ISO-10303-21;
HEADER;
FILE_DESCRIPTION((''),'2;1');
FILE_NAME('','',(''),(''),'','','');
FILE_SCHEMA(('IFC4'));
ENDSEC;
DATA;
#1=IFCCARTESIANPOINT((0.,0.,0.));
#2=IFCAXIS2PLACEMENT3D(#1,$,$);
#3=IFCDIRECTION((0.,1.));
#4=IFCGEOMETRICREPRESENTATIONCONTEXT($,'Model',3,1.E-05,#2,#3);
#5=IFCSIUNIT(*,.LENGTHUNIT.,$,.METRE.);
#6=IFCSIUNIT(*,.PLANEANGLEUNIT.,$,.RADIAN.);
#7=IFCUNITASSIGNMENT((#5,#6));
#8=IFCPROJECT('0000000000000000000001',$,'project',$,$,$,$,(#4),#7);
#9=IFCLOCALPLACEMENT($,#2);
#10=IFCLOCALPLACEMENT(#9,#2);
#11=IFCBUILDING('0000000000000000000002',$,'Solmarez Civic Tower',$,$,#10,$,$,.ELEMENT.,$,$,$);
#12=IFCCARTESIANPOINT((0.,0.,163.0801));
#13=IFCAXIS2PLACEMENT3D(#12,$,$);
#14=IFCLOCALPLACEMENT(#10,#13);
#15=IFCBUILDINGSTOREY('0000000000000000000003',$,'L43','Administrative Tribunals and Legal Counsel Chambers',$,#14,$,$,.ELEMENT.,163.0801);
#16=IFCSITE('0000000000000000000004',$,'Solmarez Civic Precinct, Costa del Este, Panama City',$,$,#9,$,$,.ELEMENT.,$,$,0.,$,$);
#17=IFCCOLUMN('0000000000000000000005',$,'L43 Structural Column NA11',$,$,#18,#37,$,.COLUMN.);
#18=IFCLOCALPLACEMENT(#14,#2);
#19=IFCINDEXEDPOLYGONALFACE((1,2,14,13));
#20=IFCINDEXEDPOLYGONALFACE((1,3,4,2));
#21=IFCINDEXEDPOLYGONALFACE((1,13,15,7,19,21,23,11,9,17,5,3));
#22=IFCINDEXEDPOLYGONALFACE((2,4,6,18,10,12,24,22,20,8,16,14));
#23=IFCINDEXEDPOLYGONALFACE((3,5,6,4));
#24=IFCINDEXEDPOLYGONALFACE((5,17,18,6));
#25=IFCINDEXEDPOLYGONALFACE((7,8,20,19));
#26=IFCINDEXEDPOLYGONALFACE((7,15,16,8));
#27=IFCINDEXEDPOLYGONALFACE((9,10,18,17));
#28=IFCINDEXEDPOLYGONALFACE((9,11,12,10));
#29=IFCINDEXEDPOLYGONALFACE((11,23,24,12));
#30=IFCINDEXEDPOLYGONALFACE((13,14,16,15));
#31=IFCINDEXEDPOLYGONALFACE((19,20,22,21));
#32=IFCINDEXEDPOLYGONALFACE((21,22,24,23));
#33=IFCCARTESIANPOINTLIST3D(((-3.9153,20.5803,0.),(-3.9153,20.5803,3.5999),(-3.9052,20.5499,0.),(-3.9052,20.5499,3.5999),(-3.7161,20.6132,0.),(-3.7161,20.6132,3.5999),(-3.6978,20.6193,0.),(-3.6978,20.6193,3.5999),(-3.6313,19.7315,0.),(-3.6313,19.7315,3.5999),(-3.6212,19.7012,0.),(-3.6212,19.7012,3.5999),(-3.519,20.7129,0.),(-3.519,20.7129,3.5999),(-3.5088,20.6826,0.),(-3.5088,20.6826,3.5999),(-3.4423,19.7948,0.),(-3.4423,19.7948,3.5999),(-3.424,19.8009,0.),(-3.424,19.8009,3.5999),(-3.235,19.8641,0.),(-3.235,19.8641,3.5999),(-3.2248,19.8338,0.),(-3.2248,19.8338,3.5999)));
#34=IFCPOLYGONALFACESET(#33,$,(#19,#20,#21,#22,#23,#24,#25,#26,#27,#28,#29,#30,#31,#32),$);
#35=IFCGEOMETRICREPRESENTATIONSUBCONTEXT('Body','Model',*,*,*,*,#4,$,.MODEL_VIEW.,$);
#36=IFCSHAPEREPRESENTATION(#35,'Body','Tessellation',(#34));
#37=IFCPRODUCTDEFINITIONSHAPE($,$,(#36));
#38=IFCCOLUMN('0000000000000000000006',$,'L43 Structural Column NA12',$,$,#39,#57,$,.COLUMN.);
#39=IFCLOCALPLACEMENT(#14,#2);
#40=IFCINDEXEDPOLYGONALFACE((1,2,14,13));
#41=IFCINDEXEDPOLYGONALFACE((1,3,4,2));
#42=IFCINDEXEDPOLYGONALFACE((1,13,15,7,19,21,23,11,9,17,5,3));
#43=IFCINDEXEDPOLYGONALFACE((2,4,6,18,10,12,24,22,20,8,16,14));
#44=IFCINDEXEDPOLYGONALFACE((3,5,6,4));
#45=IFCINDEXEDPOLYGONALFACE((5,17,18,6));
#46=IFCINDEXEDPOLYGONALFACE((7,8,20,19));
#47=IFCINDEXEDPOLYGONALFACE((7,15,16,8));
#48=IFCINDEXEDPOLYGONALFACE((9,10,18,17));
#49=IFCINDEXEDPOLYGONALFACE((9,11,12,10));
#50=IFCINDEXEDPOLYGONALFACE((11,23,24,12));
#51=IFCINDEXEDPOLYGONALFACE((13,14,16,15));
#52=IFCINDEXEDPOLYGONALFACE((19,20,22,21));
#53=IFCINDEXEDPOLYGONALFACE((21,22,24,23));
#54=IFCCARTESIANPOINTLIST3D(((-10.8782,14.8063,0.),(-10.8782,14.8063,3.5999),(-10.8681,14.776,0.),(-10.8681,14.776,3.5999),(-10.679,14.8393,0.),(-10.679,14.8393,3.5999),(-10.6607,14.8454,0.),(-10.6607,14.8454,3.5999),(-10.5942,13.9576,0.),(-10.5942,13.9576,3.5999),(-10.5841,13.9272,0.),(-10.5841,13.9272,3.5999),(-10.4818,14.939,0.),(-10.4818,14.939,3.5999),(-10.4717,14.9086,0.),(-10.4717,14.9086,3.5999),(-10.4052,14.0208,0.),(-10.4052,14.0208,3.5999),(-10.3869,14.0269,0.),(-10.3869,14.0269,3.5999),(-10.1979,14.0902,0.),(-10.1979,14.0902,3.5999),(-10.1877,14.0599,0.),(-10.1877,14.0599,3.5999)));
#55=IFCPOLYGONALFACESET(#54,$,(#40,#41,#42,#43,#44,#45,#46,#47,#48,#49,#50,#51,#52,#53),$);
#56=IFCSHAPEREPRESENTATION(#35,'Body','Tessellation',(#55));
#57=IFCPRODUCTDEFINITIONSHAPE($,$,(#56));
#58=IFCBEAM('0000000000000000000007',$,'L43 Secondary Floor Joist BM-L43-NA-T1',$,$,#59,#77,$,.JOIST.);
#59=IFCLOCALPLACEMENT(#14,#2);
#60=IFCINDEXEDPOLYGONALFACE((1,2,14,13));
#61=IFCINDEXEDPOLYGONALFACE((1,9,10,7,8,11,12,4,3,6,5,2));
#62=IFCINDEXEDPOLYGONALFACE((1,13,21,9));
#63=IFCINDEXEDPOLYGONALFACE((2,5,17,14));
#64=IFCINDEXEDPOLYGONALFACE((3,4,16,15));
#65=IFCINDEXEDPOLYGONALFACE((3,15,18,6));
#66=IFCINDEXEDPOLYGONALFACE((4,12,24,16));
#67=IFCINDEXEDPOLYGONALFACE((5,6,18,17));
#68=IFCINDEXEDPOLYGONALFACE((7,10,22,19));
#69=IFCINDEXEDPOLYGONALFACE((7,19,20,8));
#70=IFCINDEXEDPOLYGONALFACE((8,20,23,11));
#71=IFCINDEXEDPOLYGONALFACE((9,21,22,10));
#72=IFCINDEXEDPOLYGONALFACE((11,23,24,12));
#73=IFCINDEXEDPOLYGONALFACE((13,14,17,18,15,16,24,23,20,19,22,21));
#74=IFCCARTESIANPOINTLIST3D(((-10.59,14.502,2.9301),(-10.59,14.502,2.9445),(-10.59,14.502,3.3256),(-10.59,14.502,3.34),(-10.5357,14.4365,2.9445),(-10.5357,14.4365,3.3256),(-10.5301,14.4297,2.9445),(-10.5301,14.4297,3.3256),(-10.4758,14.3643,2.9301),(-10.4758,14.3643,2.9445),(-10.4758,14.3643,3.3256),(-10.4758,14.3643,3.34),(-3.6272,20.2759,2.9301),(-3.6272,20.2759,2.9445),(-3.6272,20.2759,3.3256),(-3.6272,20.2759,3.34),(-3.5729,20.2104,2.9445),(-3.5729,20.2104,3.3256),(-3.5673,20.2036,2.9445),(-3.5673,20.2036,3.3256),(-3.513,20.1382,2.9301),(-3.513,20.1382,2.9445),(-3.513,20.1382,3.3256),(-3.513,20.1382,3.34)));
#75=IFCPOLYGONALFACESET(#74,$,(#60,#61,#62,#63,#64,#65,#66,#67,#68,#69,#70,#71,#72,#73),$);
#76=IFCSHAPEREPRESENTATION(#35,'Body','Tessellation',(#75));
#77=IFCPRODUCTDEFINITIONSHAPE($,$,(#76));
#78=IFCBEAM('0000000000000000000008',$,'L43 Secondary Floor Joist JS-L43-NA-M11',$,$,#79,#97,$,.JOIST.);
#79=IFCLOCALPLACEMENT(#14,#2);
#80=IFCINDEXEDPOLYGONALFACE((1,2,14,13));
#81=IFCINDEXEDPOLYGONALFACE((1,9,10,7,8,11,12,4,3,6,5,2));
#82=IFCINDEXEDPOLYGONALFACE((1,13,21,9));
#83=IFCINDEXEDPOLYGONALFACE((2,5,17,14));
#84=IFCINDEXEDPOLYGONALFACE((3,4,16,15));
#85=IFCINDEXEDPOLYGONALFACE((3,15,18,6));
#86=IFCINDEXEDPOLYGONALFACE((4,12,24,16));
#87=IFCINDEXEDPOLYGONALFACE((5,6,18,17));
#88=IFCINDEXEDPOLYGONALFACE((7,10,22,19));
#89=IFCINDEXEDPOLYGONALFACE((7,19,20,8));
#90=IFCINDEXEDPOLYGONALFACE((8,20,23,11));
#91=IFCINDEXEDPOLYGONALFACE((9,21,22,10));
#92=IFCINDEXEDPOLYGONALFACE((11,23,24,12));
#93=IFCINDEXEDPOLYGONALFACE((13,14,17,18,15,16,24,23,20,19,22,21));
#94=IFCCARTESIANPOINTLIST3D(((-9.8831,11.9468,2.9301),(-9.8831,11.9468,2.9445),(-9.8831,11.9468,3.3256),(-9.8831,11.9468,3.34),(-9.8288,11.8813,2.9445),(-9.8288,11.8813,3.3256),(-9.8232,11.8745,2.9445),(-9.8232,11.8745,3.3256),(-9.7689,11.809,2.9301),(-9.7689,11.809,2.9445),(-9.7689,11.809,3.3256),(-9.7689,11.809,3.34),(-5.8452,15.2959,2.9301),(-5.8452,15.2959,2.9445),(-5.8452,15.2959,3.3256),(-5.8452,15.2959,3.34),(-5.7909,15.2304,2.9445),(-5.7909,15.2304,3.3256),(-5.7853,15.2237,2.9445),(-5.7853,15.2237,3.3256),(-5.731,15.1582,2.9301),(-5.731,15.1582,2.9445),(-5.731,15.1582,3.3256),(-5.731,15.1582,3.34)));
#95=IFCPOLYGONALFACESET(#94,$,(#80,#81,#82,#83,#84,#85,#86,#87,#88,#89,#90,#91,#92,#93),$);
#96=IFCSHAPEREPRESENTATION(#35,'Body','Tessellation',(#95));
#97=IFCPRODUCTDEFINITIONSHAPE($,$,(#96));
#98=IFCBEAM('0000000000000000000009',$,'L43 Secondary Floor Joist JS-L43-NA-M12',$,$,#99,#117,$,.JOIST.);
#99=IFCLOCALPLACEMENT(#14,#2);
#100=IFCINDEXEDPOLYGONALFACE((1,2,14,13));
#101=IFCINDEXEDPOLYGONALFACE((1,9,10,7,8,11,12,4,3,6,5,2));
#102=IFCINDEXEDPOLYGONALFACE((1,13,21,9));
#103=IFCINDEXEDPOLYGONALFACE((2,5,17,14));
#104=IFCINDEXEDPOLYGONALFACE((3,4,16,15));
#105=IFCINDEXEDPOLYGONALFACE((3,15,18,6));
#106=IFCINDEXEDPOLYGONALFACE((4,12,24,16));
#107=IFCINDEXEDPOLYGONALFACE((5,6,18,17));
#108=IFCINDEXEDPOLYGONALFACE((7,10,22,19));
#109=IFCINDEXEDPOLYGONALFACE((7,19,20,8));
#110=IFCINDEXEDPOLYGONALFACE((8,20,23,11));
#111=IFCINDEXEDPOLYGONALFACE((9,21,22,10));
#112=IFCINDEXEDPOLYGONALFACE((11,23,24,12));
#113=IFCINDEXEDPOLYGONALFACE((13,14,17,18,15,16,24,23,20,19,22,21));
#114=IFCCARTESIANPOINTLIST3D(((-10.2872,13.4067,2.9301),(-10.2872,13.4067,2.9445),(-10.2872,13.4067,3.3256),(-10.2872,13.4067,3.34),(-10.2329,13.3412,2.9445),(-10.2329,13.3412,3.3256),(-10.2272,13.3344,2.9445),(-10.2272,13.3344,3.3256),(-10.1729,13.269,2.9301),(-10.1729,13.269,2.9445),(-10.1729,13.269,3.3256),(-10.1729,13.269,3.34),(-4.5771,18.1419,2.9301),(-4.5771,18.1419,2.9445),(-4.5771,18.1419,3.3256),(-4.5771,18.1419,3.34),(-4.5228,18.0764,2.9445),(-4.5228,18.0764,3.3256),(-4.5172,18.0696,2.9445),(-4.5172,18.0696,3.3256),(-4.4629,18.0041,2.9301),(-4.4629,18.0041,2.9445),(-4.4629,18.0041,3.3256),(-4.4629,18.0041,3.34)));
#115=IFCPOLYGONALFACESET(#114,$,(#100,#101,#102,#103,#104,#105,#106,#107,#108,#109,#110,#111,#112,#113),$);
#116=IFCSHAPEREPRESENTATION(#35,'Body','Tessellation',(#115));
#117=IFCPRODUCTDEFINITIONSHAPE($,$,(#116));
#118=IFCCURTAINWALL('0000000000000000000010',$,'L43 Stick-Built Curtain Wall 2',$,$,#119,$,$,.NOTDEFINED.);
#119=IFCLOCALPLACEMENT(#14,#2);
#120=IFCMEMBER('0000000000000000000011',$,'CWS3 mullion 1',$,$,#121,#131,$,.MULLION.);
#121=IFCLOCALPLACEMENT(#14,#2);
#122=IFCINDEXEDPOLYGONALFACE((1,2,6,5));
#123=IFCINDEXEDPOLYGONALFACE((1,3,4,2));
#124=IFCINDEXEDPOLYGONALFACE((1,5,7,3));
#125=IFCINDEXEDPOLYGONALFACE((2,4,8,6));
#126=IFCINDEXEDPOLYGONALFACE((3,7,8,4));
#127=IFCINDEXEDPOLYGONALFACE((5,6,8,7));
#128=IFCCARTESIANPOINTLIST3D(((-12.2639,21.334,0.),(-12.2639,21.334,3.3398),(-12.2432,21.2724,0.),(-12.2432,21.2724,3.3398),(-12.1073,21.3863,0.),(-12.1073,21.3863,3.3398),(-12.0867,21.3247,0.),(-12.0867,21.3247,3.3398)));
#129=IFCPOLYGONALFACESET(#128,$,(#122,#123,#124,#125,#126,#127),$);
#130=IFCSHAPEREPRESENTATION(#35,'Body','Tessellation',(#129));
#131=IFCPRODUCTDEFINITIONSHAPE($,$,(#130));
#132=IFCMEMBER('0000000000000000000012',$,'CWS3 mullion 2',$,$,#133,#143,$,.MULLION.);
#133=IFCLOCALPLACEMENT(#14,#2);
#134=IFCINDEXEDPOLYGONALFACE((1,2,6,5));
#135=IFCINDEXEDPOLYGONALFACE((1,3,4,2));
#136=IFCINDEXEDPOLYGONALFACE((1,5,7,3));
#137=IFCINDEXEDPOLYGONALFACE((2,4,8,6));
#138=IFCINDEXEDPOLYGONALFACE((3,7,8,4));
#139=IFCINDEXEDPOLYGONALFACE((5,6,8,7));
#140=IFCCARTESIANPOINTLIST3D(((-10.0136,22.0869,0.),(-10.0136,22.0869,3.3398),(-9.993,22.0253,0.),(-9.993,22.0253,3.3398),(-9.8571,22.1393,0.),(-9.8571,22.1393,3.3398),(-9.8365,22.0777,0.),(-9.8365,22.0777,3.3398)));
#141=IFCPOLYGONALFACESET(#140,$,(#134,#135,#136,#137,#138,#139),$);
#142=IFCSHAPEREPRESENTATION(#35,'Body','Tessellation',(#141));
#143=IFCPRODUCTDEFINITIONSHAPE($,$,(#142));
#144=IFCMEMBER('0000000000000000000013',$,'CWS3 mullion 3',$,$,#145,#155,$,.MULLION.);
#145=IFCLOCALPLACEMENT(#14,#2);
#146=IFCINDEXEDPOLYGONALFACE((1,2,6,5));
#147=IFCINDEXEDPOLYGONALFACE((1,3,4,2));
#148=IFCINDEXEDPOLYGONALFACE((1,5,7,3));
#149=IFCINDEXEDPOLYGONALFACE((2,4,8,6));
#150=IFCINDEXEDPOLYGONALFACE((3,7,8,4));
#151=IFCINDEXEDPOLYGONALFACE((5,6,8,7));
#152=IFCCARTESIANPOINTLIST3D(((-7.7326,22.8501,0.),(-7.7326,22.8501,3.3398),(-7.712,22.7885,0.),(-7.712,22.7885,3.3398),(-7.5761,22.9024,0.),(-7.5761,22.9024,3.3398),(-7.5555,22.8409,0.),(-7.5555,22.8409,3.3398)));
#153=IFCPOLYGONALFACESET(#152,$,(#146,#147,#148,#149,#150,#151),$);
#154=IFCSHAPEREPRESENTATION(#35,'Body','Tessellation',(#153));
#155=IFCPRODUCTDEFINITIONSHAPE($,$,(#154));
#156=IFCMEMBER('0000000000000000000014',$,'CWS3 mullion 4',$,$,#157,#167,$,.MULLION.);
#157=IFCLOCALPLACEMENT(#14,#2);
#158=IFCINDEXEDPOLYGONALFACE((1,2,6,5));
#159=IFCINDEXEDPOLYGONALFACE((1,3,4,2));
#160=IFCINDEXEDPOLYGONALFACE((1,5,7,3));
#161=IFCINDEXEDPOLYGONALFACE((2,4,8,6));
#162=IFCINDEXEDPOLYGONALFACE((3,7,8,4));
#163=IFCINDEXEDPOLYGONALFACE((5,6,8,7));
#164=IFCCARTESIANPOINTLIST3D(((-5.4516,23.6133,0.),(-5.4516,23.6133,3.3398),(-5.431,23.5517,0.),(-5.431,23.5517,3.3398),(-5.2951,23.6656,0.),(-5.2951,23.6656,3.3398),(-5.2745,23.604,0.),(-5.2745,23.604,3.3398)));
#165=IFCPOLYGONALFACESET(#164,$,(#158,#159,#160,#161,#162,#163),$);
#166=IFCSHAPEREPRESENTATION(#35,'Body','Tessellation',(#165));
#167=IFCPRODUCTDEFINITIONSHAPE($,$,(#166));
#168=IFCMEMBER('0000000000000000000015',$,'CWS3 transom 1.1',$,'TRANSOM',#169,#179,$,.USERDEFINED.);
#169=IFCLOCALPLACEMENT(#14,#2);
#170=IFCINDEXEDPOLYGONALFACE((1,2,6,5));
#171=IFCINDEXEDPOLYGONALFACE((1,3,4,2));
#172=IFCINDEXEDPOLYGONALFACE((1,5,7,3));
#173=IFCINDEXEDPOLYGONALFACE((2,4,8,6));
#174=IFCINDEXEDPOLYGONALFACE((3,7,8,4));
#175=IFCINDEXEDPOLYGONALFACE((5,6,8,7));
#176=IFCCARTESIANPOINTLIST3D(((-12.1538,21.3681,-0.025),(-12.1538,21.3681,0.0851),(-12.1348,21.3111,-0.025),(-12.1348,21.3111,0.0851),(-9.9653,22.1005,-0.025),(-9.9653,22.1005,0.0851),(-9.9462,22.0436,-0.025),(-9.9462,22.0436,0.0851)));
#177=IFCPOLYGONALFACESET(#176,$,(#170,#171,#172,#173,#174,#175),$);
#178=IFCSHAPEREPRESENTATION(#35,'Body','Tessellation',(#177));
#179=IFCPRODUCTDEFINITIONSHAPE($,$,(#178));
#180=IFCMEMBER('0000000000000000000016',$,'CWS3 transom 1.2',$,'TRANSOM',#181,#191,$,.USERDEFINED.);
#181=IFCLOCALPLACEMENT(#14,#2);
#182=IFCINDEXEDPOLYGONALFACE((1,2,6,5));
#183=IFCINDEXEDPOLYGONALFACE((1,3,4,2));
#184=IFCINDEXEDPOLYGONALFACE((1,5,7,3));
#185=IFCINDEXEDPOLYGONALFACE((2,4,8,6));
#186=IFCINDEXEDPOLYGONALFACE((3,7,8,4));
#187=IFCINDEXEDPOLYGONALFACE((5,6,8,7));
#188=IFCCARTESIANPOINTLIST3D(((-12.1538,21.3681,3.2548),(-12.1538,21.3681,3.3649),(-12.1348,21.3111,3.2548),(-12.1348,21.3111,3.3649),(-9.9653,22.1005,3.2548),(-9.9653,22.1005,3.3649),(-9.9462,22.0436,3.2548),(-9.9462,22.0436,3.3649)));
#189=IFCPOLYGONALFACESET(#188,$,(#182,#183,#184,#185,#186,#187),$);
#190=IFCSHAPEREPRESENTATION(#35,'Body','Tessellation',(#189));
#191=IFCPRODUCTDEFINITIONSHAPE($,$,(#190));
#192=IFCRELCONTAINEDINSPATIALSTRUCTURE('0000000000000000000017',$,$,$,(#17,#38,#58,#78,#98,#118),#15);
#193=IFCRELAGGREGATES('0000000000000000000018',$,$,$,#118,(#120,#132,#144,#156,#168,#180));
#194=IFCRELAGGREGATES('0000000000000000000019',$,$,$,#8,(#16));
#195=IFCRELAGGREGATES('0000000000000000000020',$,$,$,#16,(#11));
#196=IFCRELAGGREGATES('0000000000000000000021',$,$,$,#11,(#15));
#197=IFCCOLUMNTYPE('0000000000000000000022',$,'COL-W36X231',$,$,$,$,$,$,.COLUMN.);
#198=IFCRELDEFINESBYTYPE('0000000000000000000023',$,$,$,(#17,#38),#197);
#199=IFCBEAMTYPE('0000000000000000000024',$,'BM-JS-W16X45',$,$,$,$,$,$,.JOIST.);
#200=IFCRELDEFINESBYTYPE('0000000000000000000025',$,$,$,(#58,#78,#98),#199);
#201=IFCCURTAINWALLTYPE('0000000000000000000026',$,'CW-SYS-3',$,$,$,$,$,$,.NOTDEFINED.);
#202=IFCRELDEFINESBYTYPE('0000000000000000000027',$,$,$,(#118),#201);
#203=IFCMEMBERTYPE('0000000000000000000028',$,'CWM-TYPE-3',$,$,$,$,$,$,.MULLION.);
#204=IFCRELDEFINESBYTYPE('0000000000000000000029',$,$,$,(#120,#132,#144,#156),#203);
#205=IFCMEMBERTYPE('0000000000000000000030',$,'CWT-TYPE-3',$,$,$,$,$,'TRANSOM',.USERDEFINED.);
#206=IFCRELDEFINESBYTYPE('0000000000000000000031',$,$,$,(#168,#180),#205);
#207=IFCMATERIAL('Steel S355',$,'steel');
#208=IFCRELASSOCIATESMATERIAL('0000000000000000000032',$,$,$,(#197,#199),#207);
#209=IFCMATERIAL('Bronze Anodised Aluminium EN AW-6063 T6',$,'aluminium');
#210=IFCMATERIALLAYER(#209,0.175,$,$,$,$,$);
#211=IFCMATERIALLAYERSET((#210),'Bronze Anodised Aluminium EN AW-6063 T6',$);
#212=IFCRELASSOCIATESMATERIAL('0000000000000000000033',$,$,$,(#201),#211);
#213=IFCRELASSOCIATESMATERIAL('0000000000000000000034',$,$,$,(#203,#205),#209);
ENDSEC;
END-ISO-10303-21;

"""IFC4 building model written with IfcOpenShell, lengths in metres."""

from ifc_helpers import new_model, si_unit, direction, frame, origin, origin_2d, place, context, subcontext, project, spatial, rectangle, i_section, extrude, material, layer, layer_set, material_profile, profile_set, type_object, element, aggregate, save


model = new_model("IFC4")

# Units and contexts
model_context = context("Model", 3, precision=1e-05, world=origin(), true_north=direction((0.0, 1.0)))
body_context = subcontext(model_context, "Body", "Model", "MODEL_VIEW")
ifc_project = project(units=[si_unit("LENGTHUNIT", "METRE"), si_unit("PLANEANGLEUNIT", "RADIAN")], contexts=[model_context])

# Site, building, storey
site_placement = place(None, origin())
site = spatial("IfcSite", under=ifc_project, at=site_placement, Name="Solmarez Civic Precinct, Costa del Este, Panama City", CompositionType="ELEMENT", RefElevation=0.0)
building_placement = place(site_placement, origin())
building = spatial("IfcBuilding", under=site, at=building_placement, Name="Solmarez Civic Tower", CompositionType="ELEMENT")
storey_placement = place(building_placement, frame((0.0, 0.0, 163.0801)))
storey = spatial("IfcBuildingStorey", under=building, at=storey_placement, Name="L43", Description="Administrative Tribunals and Legal Counsel Chambers", CompositionType="ELEMENT", Elevation=163.0801)

# Columns
ifc_material_1 = material(Name="Steel S355", Category="steel")
ifc_material_profile_1 = material_profile(ifc_material_1, i_section(OverallWidth=0.418, OverallDepth=0.927, WebThickness=0.0193, FlangeThickness=0.032, at=origin_2d()), Name="W36X231")
ifc_profile_set_1 = profile_set([ifc_material_profile_1], Name="Steel S355")
column_type = type_object("IfcColumnType", Name="COL-W36X231", PredefinedType="COLUMN", material=ifc_profile_set_1)
for number, where, z_axis, x_axis, name in (
    (1, (-3.5701, 20.207, 0.0), (0.0, 0.0, 1.0), (0.948324, 0.317305, 0.0), "L43 Structural Column NA11"),
    (2, (-10.533, 14.4331, 0.0), (0.0, 0.0, 1.0), (0.948324, 0.317305, 0.0), "L43 Structural Column NA12"),
):
    element("IfcColumn", number, at=place(storey_placement, frame(where, z_axis=z_axis, x_axis=x_axis)), inside=storey, type_object=column_type, Name=name, PredefinedType="COLUMN", context=body_context, shape_type="SweptSolid", body=[
        extrude(i_section(OverallWidth=0.418, OverallDepth=0.927, WebThickness=0.0193, FlangeThickness=0.032, at=origin_2d()), origin(), (0.0, 0.0, 1.0), 3.5999),
    ])

# Beams
ifc_material_profile_2 = material_profile(ifc_material_1, i_section(OverallWidth=0.179, OverallDepth=0.4099, WebThickness=0.0088, FlangeThickness=0.0144, at=origin_2d()), Name="W16X45")
ifc_profile_set_2 = profile_set([ifc_material_profile_2], Name="Steel S355")
beam_type = type_object("IfcBeamType", Name="BM-JS-W16X45", PredefinedType="JOIST", material=ifc_profile_set_2)
beam_1_placement = place(storey_placement, frame((-3.5701, 20.207, 3.135), z_axis=(-0.769768, -0.638324, 0.0), x_axis=(0.638324, -0.769768, 0.0)))
element("IfcBeam", 3, at=beam_1_placement, inside=storey, type_object=beam_type, Name="L43 Secondary Floor Joist BM-L43-NA-T1", PredefinedType="JOIST", context=body_context, shape_type="SweptSolid", body=[
    extrude(i_section(OverallWidth=0.179, OverallDepth=0.4099, WebThickness=0.0088, FlangeThickness=0.0144, at=origin_2d()), origin(), (0.0, 0.0, 1.0), 9.0454),
])
beam_2_placement = place(storey_placement, frame((-5.7881, 15.2271, 3.135), z_axis=(-0.769695, -0.638411, 0.0), x_axis=(0.638411, -0.769695, 0.0)))
element("IfcBeam", 4, at=beam_2_placement, inside=storey, type_object=beam_type, Name="L43 Secondary Floor Joist JS-L43-NA-M11", PredefinedType="JOIST", context=body_context, shape_type="SweptSolid", body=[
    extrude(i_section(OverallWidth=0.179, OverallDepth=0.4099, WebThickness=0.0088, FlangeThickness=0.0144, at=origin_2d()), origin(), (0.0, 0.0, 1.0), 5.2461),
])
beam_3_placement = place(storey_placement, frame((-4.52, 18.073, 3.135), z_axis=(-0.769757, -0.638337, 0.0), x_axis=(0.638337, -0.769757, 0.0)))
element("IfcBeam", 5, at=beam_3_placement, inside=storey, type_object=beam_type, Name="L43 Secondary Floor Joist JS-L43-NA-M12", PredefinedType="JOIST", context=body_context, shape_type="SweptSolid", body=[
    extrude(i_section(OverallWidth=0.179, OverallDepth=0.4099, WebThickness=0.0088, FlangeThickness=0.0144, at=origin_2d()), origin(), (0.0, 0.0, 1.0), 7.418),
])

# Curtain wall, members
ifc_material_2 = material(Name="Bronze Anodised Aluminium EN AW-6063 T6", Category="aluminium")
ifc_layer_1 = layer(ifc_material_2, 0.175)
ifc_layer_set_1 = layer_set([ifc_layer_1], Name="Bronze Anodised Aluminium EN AW-6063 T6")
curtain_wall_type = type_object("IfcCurtainWallType", Name="CW-SYS-3", PredefinedType="NOTDEFINED", material=ifc_layer_set_1)
curtain_wall_placement = place(storey_placement, origin())
curtain_wall = element("IfcCurtainWall", 6, at=curtain_wall_placement, inside=storey, type_object=curtain_wall_type, Name="L43 Stick-Built Curtain Wall 2", PredefinedType="NOTDEFINED")
ifc_material_profile_3 = material_profile(ifc_material_2, rectangle(XDim=0.0649, YDim=0.165, at=origin_2d()), Name="CWM-65X165")
ifc_profile_set_3 = profile_set([ifc_material_profile_3], Name="Bronze Anodised Aluminium EN AW-6063 T6")
member_type_1 = type_object("IfcMemberType", Name="CWM-TYPE-3", PredefinedType="MULLION", material=ifc_profile_set_3)
member_1_placement = place(storey_placement, frame((-12.1753, 21.3293, 0.0), z_axis=(0.0, 0.0, 1.0), x_axis=(-0.317319, 0.948319, 0.0)))
member_1 = element("IfcMember", 7, at=member_1_placement, type_object=member_type_1, Name="CWS3 mullion 1", PredefinedType="MULLION", context=body_context, shape_type="SweptSolid", body=[
    extrude(rectangle(XDim=0.0649, YDim=0.165, at=origin_2d()), origin(), (0.0, 0.0, 1.0), 3.3398),
])
member_2_placement = place(storey_placement, frame((-9.925, 22.0823, 0.0), z_axis=(0.0, 0.0, 1.0), x_axis=(-0.317319, 0.948319, 0.0)))
member_2 = element("IfcMember", 8, at=member_2_placement, type_object=member_type_1, Name="CWS3 mullion 2", PredefinedType="MULLION", context=body_context, shape_type="SweptSolid", body=[
    extrude(rectangle(XDim=0.0649, YDim=0.165, at=origin_2d()), origin(), (0.0, 0.0, 1.0), 3.3398),
])
member_3_placement = place(storey_placement, frame((-7.644, 22.8455, 0.0), z_axis=(0.0, 0.0, 1.0), x_axis=(-0.317319, 0.948319, 0.0)))
member_3 = element("IfcMember", 9, at=member_3_placement, type_object=member_type_1, Name="CWS3 mullion 3", PredefinedType="MULLION", context=body_context, shape_type="SweptSolid", body=[
    extrude(rectangle(XDim=0.0649, YDim=0.165, at=origin_2d()), origin(), (0.0, 0.0, 1.0), 3.3398),
])
member_4_placement = place(storey_placement, frame((-5.363, 23.6086, 0.0), z_axis=(0.0, 0.0, 1.0), x_axis=(-0.317319, 0.948319, 0.0)))
member_4 = element("IfcMember", 10, at=member_4_placement, type_object=member_type_1, Name="CWS3 mullion 4", PredefinedType="MULLION", context=body_context, shape_type="SweptSolid", body=[
    extrude(rectangle(XDim=0.0649, YDim=0.165, at=origin_2d()), origin(), (0.0, 0.0, 1.0), 3.3398),
])
ifc_material_profile_4 = material_profile(ifc_material_2, rectangle(XDim=0.0601, YDim=0.1101, at=origin_2d()), Name="CWT-60X110")
ifc_profile_set_4 = profile_set([ifc_material_profile_4], Name="Bronze Anodised Aluminium EN AW-6063 T6")
member_type_2 = type_object("IfcMemberType", Name="CWT-TYPE-3", ElementType="TRANSOM", PredefinedType="USERDEFINED", material=ifc_profile_set_4)
member_5_placement = place(storey_placement, frame((-12.1443, 21.3396, 0.03), z_axis=(0.948302, 0.31737, 0.0), x_axis=(-0.31737, 0.948302, 0.0)))
member_5 = element("IfcMember", 11, at=member_5_placement, type_object=member_type_2, Name="CWS3 transom 1.1", ObjectType="TRANSOM", PredefinedType="USERDEFINED", context=body_context, shape_type="SweptSolid", body=[
    extrude(rectangle(XDim=0.0601, YDim=0.1101, at=origin_2d()), origin(), (0.0, 0.0, 1.0), 2.3079),
])
member_6_placement = place(storey_placement, frame((-12.1443, 21.3396, 3.3098), z_axis=(0.948302, 0.31737, 0.0), x_axis=(-0.31737, 0.948302, 0.0)))
member_6 = element("IfcMember", 12, at=member_6_placement, type_object=member_type_2, Name="CWS3 transom 1.2", ObjectType="TRANSOM", PredefinedType="USERDEFINED", context=body_context, shape_type="SweptSolid", body=[
    extrude(rectangle(XDim=0.0601, YDim=0.1101, at=origin_2d()), origin(), (0.0, 0.0, 1.0), 2.3079),
])
aggregate(curtain_wall, [member_1, member_2, member_3, member_4, member_5, member_6])

save(model, "model.ifc")
